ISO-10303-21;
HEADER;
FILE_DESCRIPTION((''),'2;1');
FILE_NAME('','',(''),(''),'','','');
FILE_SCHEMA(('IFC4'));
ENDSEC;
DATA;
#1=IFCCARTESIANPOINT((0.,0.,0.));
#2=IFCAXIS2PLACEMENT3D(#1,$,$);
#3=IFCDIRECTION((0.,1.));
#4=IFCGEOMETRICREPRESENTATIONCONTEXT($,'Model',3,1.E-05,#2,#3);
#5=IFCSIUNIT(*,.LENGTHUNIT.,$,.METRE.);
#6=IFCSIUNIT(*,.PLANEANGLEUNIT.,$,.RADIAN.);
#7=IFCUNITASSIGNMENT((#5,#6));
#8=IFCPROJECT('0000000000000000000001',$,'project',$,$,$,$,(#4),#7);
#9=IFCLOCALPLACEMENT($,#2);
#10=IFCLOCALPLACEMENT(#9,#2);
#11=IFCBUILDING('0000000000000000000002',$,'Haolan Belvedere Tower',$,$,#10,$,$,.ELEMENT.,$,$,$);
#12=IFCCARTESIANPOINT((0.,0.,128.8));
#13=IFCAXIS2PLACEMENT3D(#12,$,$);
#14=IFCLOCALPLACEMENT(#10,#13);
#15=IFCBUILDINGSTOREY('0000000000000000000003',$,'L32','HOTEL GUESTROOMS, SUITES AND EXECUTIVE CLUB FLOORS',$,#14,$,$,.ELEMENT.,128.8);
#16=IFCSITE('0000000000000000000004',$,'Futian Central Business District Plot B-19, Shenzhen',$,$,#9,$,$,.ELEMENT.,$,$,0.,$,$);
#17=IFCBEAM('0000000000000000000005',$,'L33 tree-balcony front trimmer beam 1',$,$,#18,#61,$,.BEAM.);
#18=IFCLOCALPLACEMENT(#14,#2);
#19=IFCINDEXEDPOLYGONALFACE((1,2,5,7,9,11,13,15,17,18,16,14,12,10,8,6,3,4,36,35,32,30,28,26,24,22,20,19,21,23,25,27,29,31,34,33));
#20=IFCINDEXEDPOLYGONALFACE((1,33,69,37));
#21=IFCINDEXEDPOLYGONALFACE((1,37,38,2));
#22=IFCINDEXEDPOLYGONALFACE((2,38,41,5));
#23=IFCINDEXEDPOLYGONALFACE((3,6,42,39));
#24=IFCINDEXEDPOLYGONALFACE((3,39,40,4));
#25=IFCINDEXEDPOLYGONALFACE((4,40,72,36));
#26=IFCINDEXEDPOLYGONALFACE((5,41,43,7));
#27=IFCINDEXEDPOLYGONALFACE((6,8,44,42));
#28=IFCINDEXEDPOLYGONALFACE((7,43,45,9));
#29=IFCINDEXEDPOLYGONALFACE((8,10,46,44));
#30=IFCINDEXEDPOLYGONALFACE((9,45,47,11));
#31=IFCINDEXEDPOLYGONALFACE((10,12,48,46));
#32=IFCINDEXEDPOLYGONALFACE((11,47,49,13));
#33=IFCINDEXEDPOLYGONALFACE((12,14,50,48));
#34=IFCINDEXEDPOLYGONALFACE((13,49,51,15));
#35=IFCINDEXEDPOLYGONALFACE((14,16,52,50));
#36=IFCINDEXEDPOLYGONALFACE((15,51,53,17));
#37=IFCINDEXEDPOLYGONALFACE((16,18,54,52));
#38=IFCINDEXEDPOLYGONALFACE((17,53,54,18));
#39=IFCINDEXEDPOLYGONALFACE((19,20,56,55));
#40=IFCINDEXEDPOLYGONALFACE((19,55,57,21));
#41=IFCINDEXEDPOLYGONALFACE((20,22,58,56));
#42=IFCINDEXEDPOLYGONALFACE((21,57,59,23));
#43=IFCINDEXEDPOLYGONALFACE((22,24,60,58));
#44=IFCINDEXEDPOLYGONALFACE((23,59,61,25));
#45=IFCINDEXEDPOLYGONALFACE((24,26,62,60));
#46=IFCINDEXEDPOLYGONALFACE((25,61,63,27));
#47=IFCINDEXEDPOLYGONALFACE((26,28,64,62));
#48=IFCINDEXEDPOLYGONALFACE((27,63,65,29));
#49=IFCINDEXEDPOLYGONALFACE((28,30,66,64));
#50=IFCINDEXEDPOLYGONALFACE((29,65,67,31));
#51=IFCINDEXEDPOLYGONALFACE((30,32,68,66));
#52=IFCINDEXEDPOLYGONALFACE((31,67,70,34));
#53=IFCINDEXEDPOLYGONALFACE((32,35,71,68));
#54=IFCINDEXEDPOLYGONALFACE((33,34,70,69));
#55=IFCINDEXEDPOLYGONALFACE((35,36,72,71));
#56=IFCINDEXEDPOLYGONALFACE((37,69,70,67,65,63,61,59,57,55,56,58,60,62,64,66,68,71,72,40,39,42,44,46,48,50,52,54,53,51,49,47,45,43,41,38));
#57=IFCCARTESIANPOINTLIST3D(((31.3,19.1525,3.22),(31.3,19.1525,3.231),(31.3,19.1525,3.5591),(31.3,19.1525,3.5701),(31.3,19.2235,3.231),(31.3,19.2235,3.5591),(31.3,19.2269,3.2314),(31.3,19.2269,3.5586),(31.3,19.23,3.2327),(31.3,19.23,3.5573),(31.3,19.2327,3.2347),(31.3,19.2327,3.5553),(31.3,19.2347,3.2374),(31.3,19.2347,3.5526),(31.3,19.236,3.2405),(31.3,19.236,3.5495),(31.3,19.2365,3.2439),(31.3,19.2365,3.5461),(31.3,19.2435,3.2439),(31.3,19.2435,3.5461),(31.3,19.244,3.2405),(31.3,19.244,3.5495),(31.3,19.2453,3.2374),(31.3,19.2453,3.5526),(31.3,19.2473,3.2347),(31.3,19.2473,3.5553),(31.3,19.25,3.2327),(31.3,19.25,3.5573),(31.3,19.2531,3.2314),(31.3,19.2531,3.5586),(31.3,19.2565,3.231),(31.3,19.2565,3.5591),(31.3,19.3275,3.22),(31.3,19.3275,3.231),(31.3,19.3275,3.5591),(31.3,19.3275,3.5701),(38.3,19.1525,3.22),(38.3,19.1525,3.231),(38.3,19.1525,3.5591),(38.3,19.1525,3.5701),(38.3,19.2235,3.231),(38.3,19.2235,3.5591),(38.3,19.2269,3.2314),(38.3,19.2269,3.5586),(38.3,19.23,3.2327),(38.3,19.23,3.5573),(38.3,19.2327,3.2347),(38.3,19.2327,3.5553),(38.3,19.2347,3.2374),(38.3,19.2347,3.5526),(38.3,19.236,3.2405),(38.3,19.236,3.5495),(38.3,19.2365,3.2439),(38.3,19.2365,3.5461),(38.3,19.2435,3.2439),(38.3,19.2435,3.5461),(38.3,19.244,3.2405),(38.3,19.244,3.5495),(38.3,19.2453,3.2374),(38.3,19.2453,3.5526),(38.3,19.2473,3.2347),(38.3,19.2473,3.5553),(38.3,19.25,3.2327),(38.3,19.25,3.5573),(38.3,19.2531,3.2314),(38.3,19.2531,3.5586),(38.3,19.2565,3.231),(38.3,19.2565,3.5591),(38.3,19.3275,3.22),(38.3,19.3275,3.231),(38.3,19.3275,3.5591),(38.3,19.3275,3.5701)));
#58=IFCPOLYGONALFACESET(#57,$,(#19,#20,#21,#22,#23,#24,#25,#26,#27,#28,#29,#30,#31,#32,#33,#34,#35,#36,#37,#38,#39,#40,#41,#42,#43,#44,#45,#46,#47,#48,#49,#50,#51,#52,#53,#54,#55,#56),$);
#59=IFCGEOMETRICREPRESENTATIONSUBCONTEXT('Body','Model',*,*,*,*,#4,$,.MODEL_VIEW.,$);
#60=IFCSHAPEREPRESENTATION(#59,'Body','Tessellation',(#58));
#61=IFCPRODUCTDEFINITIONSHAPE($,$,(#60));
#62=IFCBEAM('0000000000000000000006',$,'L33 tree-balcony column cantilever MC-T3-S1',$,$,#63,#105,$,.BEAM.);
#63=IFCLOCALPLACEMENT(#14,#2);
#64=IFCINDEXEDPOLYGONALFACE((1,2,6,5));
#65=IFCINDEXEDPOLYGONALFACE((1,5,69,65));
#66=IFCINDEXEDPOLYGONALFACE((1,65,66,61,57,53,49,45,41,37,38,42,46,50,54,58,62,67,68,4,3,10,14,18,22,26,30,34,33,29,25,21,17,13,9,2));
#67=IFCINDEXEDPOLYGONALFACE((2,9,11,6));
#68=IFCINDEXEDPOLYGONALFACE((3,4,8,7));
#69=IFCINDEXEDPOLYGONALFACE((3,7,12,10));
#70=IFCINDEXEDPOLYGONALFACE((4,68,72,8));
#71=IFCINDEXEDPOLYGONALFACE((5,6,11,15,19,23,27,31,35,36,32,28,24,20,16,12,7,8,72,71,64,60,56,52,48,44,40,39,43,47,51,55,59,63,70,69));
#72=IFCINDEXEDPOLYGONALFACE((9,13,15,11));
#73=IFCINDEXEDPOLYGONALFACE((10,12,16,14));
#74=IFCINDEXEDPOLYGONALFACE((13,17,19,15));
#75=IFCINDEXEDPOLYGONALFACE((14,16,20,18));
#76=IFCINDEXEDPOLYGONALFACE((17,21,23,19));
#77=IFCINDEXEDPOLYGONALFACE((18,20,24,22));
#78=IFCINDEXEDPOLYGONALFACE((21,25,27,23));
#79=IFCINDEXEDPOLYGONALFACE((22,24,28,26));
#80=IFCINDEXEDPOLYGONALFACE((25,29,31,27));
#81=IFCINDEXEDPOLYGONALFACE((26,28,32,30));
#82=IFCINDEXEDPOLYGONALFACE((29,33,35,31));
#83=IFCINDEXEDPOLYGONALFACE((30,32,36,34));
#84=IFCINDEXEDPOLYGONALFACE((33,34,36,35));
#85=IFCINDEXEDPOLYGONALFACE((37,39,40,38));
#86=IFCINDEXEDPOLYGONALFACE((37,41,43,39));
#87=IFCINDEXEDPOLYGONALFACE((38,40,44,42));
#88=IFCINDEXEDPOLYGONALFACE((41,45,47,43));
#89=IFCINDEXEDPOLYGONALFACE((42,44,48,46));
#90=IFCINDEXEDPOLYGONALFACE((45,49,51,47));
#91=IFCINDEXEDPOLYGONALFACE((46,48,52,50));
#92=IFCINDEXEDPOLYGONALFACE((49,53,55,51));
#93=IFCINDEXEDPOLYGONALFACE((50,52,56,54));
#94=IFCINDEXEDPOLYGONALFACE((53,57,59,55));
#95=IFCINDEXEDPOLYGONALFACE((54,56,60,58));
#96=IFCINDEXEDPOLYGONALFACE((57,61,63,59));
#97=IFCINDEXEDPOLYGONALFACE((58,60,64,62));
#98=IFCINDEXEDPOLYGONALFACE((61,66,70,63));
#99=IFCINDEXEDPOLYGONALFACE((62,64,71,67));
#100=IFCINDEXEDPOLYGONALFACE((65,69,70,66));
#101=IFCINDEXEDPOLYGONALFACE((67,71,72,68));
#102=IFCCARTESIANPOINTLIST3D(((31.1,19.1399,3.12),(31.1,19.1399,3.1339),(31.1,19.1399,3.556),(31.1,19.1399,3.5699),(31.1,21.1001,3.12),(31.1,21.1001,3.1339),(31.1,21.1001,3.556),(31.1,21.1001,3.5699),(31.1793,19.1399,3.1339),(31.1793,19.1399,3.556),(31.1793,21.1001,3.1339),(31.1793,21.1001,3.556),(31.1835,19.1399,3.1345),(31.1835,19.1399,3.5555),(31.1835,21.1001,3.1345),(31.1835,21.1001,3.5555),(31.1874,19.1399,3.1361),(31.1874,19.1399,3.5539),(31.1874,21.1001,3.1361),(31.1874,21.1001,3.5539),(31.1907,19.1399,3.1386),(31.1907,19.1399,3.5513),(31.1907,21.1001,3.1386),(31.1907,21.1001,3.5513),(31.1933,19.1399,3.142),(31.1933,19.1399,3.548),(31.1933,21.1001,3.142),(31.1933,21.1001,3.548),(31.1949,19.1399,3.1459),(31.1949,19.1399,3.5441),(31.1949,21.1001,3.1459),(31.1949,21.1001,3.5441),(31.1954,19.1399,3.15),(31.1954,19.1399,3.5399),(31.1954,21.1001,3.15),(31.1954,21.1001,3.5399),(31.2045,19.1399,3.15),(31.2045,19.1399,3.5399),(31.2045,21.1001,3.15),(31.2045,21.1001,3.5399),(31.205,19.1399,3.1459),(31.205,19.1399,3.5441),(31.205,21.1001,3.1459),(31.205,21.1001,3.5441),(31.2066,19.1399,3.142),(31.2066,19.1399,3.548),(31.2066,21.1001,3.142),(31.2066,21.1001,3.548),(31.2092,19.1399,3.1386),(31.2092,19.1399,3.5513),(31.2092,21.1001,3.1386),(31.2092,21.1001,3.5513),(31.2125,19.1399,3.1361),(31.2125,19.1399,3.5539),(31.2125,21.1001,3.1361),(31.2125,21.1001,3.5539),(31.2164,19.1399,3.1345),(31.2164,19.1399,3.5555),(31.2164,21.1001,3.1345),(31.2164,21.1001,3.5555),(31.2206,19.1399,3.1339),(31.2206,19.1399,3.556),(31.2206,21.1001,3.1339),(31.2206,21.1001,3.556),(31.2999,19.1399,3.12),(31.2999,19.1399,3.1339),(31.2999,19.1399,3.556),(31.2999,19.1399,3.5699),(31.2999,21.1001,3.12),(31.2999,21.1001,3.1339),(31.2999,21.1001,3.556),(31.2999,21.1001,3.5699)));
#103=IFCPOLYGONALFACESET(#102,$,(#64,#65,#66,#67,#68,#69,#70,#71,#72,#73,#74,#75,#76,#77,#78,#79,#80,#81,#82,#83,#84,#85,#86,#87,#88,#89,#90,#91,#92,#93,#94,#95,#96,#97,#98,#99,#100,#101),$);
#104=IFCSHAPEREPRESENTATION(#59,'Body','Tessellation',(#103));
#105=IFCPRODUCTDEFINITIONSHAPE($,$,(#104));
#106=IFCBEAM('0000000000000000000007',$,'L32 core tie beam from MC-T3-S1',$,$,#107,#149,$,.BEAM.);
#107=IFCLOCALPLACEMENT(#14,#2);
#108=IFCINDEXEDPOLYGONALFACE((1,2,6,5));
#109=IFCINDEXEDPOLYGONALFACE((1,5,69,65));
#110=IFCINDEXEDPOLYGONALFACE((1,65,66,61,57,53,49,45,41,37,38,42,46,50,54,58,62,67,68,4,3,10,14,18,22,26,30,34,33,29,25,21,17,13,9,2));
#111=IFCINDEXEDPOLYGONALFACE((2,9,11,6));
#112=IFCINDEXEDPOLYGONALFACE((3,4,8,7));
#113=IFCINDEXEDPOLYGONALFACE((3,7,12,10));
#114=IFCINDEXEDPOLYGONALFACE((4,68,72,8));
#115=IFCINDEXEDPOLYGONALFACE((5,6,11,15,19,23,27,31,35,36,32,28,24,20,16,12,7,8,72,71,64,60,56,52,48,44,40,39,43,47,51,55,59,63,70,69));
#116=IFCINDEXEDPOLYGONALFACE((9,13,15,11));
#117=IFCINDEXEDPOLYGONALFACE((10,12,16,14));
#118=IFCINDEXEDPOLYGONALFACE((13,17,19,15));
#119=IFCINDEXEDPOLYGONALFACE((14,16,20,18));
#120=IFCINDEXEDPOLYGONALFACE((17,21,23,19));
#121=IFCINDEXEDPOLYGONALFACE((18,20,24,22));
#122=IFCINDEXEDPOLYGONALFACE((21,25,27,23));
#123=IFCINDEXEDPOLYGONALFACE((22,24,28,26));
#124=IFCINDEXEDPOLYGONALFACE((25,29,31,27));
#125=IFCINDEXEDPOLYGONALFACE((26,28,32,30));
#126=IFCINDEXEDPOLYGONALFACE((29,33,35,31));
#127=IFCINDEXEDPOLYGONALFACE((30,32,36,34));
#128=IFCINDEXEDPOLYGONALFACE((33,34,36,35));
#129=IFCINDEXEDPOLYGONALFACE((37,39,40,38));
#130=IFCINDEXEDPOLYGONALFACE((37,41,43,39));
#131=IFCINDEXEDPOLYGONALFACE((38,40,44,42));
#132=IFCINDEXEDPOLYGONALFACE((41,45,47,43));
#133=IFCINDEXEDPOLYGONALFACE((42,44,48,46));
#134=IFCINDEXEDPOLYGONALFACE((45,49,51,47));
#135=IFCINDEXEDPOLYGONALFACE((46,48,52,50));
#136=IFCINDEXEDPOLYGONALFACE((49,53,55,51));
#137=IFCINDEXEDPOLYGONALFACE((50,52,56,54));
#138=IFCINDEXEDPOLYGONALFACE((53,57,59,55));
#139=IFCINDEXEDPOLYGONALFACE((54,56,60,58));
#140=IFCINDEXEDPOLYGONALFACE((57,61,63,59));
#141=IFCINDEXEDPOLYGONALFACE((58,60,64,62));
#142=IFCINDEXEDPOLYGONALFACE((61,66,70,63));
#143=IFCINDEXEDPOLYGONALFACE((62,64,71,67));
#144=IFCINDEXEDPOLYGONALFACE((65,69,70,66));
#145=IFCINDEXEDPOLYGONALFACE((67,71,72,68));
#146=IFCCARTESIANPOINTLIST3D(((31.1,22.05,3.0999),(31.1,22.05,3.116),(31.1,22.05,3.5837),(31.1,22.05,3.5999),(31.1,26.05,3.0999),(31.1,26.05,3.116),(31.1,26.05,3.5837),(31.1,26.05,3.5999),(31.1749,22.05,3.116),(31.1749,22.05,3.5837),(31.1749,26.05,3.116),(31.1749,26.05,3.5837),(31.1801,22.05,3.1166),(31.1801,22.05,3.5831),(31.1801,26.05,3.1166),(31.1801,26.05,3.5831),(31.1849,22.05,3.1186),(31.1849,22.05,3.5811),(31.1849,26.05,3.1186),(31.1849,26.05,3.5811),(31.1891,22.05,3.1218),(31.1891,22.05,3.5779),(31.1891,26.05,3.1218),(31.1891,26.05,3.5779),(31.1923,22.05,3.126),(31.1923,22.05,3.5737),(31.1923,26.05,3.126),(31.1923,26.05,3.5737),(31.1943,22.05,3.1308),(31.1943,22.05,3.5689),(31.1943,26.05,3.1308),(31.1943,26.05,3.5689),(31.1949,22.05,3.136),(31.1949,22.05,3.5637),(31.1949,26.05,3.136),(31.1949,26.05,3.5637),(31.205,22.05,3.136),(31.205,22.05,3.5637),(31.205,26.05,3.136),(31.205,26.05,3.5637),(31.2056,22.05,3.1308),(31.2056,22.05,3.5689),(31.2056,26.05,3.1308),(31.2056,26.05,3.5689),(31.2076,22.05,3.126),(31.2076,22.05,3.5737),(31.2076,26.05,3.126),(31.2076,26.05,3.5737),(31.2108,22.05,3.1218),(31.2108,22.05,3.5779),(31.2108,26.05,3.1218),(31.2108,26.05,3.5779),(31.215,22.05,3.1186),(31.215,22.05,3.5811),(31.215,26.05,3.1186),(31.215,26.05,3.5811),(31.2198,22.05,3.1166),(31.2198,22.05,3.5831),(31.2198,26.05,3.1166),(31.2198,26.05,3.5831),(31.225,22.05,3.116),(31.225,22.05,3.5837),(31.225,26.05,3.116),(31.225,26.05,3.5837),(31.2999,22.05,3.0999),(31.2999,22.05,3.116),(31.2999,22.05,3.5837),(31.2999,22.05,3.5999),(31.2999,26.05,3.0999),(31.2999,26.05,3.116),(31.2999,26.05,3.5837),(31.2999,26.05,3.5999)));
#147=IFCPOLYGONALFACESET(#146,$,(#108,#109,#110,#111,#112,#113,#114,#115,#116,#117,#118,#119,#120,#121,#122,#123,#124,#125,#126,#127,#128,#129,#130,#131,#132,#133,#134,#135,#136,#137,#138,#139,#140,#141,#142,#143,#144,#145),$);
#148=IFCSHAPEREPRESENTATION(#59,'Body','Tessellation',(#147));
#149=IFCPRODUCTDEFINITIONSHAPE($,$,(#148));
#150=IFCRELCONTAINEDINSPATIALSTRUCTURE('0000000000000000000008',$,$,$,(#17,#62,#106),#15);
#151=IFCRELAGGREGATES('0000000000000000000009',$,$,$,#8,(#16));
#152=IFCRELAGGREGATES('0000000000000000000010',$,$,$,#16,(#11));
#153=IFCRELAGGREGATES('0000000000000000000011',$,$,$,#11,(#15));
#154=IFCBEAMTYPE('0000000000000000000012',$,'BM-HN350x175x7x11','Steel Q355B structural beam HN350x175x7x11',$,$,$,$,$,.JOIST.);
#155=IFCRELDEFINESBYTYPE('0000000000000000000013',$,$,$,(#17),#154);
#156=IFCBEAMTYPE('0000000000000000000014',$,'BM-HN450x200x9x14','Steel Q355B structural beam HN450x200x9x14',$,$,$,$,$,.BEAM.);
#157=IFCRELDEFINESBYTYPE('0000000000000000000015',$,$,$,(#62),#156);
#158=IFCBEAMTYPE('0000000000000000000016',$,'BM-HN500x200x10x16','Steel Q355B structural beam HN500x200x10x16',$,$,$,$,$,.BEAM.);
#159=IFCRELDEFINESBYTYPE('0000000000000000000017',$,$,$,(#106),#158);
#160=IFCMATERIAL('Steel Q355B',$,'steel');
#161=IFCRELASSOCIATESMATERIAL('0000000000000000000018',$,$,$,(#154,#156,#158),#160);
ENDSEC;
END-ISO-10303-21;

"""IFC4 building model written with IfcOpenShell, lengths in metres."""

from ifc_helpers import new_model, si_unit, direction, frame, origin, origin_2d, place, context, subcontext, project, spatial, i_section, extrude, material, material_profile, profile_set, type_object, element, save


model = new_model("IFC4")

# Units and contexts
model_context = context("Model", 3, precision=1e-05, world=origin(), true_north=direction((0.0, 1.0)))
body_context = subcontext(model_context, "Body", "Model", "MODEL_VIEW")
ifc_project = project(units=[si_unit("LENGTHUNIT", "METRE"), si_unit("PLANEANGLEUNIT", "RADIAN")], contexts=[model_context])

# Site, building, storey
site_placement = place(None, origin())
site = spatial("IfcSite", under=ifc_project, at=site_placement, Name="Futian Central Business District Plot B-19, Shenzhen", CompositionType="ELEMENT", RefElevation=0.0)
building_placement = place(site_placement, origin())
building = spatial("IfcBuilding", under=site, at=building_placement, Name="Haolan Belvedere Tower", CompositionType="ELEMENT")
storey_placement = place(building_placement, frame((0.0, 0.0, 128.8)))
storey = spatial("IfcBuildingStorey", under=building, at=storey_placement, Name="L32", Description="HOTEL GUESTROOMS, SUITES AND EXECUTIVE CLUB FLOORS", CompositionType="ELEMENT", Elevation=128.8)

# Beams
ifc_material_1 = material(Name="Steel Q355B", Category="steel")
ifc_material_profile_1 = material_profile(ifc_material_1, i_section(OverallWidth=0.175, OverallDepth=0.3501, WebThickness=0.0071, FlangeThickness=0.011, FilletRadius=0.0129, at=origin_2d()), Name="Steel Q355B")
ifc_profile_set_1 = profile_set([ifc_material_profile_1], Name="Steel Q355B")
beam_type_1 = type_object("IfcBeamType", Name="BM-HN350x175x7x11", Description="Steel Q355B structural beam HN350x175x7x11", PredefinedType="JOIST", material=ifc_profile_set_1)
beam_1_placement = place(storey_placement, frame((31.3, 19.24, 3.395), z_axis=(1.0, 0.0, 0.0), x_axis=(0.0, 1.0, 0.0)))
element("IfcBeam", 1, at=beam_1_placement, inside=storey, type_object=beam_type_1, Name="L33 tree-balcony front trimmer beam 1", PredefinedType="BEAM", context=body_context, shape_type="SweptSolid", body=[
    extrude(i_section(OverallWidth=0.175, OverallDepth=0.3501, WebThickness=0.0071, FlangeThickness=0.011, FilletRadius=0.0129, at=origin_2d()), origin(), (0.0, 0.0, 1.0), 7.0),
])
ifc_material_profile_2 = material_profile(ifc_material_1, i_section(OverallWidth=0.2, OverallDepth=0.45, WebThickness=0.009, FlangeThickness=0.0139, FilletRadius=0.0161, at=origin_2d()), Name="Steel Q355B")
ifc_profile_set_2 = profile_set([ifc_material_profile_2], Name="Steel Q355B")
beam_type_2 = type_object("IfcBeamType", Name="BM-HN450x200x9x14", Description="Steel Q355B structural beam HN450x200x9x14", PredefinedType="BEAM", material=ifc_profile_set_2)
beam_2_placement = place(storey_placement, frame((31.2, 21.1001, 3.345), z_axis=(0.0, -1.0, 0.0), x_axis=(1.0, 0.0, 0.0)))
element("IfcBeam", 2, at=beam_2_placement, inside=storey, type_object=beam_type_2, Name="L33 tree-balcony column cantilever MC-T3-S1", PredefinedType="BEAM", context=body_context, shape_type="SweptSolid", body=[
    extrude(i_section(OverallWidth=0.2, OverallDepth=0.45, WebThickness=0.009, FlangeThickness=0.0139, FilletRadius=0.0161, at=origin_2d()), origin(), (0.0, 0.0, 1.0), 1.9602),
])
ifc_material_profile_3 = material_profile(ifc_material_1, i_section(OverallWidth=0.2, OverallDepth=0.5, WebThickness=0.01, FlangeThickness=0.0161, FilletRadius=0.02, at=origin_2d()), Name="Steel Q355B")
ifc_profile_set_3 = profile_set([ifc_material_profile_3], Name="Steel Q355B")
beam_type_3 = type_object("IfcBeamType", Name="BM-HN500x200x10x16", Description="Steel Q355B structural beam HN500x200x10x16", PredefinedType="BEAM", material=ifc_profile_set_3)
beam_3_placement = place(storey_placement, frame((31.2, 22.05, 3.3499), z_axis=(0.0, 1.0, 0.0), x_axis=(-1.0, 0.0, 0.0)))
element("IfcBeam", 3, at=beam_3_placement, inside=storey, type_object=beam_type_3, Name="L32 core tie beam from MC-T3-S1", PredefinedType="BEAM", context=body_context, shape_type="SweptSolid", body=[
    extrude(i_section(OverallWidth=0.2, OverallDepth=0.5, WebThickness=0.01, FlangeThickness=0.0161, FilletRadius=0.02, at=origin_2d()), origin(), (0.0, 0.0, 1.0), 4.0),
])

save(model, "model.ifc")
